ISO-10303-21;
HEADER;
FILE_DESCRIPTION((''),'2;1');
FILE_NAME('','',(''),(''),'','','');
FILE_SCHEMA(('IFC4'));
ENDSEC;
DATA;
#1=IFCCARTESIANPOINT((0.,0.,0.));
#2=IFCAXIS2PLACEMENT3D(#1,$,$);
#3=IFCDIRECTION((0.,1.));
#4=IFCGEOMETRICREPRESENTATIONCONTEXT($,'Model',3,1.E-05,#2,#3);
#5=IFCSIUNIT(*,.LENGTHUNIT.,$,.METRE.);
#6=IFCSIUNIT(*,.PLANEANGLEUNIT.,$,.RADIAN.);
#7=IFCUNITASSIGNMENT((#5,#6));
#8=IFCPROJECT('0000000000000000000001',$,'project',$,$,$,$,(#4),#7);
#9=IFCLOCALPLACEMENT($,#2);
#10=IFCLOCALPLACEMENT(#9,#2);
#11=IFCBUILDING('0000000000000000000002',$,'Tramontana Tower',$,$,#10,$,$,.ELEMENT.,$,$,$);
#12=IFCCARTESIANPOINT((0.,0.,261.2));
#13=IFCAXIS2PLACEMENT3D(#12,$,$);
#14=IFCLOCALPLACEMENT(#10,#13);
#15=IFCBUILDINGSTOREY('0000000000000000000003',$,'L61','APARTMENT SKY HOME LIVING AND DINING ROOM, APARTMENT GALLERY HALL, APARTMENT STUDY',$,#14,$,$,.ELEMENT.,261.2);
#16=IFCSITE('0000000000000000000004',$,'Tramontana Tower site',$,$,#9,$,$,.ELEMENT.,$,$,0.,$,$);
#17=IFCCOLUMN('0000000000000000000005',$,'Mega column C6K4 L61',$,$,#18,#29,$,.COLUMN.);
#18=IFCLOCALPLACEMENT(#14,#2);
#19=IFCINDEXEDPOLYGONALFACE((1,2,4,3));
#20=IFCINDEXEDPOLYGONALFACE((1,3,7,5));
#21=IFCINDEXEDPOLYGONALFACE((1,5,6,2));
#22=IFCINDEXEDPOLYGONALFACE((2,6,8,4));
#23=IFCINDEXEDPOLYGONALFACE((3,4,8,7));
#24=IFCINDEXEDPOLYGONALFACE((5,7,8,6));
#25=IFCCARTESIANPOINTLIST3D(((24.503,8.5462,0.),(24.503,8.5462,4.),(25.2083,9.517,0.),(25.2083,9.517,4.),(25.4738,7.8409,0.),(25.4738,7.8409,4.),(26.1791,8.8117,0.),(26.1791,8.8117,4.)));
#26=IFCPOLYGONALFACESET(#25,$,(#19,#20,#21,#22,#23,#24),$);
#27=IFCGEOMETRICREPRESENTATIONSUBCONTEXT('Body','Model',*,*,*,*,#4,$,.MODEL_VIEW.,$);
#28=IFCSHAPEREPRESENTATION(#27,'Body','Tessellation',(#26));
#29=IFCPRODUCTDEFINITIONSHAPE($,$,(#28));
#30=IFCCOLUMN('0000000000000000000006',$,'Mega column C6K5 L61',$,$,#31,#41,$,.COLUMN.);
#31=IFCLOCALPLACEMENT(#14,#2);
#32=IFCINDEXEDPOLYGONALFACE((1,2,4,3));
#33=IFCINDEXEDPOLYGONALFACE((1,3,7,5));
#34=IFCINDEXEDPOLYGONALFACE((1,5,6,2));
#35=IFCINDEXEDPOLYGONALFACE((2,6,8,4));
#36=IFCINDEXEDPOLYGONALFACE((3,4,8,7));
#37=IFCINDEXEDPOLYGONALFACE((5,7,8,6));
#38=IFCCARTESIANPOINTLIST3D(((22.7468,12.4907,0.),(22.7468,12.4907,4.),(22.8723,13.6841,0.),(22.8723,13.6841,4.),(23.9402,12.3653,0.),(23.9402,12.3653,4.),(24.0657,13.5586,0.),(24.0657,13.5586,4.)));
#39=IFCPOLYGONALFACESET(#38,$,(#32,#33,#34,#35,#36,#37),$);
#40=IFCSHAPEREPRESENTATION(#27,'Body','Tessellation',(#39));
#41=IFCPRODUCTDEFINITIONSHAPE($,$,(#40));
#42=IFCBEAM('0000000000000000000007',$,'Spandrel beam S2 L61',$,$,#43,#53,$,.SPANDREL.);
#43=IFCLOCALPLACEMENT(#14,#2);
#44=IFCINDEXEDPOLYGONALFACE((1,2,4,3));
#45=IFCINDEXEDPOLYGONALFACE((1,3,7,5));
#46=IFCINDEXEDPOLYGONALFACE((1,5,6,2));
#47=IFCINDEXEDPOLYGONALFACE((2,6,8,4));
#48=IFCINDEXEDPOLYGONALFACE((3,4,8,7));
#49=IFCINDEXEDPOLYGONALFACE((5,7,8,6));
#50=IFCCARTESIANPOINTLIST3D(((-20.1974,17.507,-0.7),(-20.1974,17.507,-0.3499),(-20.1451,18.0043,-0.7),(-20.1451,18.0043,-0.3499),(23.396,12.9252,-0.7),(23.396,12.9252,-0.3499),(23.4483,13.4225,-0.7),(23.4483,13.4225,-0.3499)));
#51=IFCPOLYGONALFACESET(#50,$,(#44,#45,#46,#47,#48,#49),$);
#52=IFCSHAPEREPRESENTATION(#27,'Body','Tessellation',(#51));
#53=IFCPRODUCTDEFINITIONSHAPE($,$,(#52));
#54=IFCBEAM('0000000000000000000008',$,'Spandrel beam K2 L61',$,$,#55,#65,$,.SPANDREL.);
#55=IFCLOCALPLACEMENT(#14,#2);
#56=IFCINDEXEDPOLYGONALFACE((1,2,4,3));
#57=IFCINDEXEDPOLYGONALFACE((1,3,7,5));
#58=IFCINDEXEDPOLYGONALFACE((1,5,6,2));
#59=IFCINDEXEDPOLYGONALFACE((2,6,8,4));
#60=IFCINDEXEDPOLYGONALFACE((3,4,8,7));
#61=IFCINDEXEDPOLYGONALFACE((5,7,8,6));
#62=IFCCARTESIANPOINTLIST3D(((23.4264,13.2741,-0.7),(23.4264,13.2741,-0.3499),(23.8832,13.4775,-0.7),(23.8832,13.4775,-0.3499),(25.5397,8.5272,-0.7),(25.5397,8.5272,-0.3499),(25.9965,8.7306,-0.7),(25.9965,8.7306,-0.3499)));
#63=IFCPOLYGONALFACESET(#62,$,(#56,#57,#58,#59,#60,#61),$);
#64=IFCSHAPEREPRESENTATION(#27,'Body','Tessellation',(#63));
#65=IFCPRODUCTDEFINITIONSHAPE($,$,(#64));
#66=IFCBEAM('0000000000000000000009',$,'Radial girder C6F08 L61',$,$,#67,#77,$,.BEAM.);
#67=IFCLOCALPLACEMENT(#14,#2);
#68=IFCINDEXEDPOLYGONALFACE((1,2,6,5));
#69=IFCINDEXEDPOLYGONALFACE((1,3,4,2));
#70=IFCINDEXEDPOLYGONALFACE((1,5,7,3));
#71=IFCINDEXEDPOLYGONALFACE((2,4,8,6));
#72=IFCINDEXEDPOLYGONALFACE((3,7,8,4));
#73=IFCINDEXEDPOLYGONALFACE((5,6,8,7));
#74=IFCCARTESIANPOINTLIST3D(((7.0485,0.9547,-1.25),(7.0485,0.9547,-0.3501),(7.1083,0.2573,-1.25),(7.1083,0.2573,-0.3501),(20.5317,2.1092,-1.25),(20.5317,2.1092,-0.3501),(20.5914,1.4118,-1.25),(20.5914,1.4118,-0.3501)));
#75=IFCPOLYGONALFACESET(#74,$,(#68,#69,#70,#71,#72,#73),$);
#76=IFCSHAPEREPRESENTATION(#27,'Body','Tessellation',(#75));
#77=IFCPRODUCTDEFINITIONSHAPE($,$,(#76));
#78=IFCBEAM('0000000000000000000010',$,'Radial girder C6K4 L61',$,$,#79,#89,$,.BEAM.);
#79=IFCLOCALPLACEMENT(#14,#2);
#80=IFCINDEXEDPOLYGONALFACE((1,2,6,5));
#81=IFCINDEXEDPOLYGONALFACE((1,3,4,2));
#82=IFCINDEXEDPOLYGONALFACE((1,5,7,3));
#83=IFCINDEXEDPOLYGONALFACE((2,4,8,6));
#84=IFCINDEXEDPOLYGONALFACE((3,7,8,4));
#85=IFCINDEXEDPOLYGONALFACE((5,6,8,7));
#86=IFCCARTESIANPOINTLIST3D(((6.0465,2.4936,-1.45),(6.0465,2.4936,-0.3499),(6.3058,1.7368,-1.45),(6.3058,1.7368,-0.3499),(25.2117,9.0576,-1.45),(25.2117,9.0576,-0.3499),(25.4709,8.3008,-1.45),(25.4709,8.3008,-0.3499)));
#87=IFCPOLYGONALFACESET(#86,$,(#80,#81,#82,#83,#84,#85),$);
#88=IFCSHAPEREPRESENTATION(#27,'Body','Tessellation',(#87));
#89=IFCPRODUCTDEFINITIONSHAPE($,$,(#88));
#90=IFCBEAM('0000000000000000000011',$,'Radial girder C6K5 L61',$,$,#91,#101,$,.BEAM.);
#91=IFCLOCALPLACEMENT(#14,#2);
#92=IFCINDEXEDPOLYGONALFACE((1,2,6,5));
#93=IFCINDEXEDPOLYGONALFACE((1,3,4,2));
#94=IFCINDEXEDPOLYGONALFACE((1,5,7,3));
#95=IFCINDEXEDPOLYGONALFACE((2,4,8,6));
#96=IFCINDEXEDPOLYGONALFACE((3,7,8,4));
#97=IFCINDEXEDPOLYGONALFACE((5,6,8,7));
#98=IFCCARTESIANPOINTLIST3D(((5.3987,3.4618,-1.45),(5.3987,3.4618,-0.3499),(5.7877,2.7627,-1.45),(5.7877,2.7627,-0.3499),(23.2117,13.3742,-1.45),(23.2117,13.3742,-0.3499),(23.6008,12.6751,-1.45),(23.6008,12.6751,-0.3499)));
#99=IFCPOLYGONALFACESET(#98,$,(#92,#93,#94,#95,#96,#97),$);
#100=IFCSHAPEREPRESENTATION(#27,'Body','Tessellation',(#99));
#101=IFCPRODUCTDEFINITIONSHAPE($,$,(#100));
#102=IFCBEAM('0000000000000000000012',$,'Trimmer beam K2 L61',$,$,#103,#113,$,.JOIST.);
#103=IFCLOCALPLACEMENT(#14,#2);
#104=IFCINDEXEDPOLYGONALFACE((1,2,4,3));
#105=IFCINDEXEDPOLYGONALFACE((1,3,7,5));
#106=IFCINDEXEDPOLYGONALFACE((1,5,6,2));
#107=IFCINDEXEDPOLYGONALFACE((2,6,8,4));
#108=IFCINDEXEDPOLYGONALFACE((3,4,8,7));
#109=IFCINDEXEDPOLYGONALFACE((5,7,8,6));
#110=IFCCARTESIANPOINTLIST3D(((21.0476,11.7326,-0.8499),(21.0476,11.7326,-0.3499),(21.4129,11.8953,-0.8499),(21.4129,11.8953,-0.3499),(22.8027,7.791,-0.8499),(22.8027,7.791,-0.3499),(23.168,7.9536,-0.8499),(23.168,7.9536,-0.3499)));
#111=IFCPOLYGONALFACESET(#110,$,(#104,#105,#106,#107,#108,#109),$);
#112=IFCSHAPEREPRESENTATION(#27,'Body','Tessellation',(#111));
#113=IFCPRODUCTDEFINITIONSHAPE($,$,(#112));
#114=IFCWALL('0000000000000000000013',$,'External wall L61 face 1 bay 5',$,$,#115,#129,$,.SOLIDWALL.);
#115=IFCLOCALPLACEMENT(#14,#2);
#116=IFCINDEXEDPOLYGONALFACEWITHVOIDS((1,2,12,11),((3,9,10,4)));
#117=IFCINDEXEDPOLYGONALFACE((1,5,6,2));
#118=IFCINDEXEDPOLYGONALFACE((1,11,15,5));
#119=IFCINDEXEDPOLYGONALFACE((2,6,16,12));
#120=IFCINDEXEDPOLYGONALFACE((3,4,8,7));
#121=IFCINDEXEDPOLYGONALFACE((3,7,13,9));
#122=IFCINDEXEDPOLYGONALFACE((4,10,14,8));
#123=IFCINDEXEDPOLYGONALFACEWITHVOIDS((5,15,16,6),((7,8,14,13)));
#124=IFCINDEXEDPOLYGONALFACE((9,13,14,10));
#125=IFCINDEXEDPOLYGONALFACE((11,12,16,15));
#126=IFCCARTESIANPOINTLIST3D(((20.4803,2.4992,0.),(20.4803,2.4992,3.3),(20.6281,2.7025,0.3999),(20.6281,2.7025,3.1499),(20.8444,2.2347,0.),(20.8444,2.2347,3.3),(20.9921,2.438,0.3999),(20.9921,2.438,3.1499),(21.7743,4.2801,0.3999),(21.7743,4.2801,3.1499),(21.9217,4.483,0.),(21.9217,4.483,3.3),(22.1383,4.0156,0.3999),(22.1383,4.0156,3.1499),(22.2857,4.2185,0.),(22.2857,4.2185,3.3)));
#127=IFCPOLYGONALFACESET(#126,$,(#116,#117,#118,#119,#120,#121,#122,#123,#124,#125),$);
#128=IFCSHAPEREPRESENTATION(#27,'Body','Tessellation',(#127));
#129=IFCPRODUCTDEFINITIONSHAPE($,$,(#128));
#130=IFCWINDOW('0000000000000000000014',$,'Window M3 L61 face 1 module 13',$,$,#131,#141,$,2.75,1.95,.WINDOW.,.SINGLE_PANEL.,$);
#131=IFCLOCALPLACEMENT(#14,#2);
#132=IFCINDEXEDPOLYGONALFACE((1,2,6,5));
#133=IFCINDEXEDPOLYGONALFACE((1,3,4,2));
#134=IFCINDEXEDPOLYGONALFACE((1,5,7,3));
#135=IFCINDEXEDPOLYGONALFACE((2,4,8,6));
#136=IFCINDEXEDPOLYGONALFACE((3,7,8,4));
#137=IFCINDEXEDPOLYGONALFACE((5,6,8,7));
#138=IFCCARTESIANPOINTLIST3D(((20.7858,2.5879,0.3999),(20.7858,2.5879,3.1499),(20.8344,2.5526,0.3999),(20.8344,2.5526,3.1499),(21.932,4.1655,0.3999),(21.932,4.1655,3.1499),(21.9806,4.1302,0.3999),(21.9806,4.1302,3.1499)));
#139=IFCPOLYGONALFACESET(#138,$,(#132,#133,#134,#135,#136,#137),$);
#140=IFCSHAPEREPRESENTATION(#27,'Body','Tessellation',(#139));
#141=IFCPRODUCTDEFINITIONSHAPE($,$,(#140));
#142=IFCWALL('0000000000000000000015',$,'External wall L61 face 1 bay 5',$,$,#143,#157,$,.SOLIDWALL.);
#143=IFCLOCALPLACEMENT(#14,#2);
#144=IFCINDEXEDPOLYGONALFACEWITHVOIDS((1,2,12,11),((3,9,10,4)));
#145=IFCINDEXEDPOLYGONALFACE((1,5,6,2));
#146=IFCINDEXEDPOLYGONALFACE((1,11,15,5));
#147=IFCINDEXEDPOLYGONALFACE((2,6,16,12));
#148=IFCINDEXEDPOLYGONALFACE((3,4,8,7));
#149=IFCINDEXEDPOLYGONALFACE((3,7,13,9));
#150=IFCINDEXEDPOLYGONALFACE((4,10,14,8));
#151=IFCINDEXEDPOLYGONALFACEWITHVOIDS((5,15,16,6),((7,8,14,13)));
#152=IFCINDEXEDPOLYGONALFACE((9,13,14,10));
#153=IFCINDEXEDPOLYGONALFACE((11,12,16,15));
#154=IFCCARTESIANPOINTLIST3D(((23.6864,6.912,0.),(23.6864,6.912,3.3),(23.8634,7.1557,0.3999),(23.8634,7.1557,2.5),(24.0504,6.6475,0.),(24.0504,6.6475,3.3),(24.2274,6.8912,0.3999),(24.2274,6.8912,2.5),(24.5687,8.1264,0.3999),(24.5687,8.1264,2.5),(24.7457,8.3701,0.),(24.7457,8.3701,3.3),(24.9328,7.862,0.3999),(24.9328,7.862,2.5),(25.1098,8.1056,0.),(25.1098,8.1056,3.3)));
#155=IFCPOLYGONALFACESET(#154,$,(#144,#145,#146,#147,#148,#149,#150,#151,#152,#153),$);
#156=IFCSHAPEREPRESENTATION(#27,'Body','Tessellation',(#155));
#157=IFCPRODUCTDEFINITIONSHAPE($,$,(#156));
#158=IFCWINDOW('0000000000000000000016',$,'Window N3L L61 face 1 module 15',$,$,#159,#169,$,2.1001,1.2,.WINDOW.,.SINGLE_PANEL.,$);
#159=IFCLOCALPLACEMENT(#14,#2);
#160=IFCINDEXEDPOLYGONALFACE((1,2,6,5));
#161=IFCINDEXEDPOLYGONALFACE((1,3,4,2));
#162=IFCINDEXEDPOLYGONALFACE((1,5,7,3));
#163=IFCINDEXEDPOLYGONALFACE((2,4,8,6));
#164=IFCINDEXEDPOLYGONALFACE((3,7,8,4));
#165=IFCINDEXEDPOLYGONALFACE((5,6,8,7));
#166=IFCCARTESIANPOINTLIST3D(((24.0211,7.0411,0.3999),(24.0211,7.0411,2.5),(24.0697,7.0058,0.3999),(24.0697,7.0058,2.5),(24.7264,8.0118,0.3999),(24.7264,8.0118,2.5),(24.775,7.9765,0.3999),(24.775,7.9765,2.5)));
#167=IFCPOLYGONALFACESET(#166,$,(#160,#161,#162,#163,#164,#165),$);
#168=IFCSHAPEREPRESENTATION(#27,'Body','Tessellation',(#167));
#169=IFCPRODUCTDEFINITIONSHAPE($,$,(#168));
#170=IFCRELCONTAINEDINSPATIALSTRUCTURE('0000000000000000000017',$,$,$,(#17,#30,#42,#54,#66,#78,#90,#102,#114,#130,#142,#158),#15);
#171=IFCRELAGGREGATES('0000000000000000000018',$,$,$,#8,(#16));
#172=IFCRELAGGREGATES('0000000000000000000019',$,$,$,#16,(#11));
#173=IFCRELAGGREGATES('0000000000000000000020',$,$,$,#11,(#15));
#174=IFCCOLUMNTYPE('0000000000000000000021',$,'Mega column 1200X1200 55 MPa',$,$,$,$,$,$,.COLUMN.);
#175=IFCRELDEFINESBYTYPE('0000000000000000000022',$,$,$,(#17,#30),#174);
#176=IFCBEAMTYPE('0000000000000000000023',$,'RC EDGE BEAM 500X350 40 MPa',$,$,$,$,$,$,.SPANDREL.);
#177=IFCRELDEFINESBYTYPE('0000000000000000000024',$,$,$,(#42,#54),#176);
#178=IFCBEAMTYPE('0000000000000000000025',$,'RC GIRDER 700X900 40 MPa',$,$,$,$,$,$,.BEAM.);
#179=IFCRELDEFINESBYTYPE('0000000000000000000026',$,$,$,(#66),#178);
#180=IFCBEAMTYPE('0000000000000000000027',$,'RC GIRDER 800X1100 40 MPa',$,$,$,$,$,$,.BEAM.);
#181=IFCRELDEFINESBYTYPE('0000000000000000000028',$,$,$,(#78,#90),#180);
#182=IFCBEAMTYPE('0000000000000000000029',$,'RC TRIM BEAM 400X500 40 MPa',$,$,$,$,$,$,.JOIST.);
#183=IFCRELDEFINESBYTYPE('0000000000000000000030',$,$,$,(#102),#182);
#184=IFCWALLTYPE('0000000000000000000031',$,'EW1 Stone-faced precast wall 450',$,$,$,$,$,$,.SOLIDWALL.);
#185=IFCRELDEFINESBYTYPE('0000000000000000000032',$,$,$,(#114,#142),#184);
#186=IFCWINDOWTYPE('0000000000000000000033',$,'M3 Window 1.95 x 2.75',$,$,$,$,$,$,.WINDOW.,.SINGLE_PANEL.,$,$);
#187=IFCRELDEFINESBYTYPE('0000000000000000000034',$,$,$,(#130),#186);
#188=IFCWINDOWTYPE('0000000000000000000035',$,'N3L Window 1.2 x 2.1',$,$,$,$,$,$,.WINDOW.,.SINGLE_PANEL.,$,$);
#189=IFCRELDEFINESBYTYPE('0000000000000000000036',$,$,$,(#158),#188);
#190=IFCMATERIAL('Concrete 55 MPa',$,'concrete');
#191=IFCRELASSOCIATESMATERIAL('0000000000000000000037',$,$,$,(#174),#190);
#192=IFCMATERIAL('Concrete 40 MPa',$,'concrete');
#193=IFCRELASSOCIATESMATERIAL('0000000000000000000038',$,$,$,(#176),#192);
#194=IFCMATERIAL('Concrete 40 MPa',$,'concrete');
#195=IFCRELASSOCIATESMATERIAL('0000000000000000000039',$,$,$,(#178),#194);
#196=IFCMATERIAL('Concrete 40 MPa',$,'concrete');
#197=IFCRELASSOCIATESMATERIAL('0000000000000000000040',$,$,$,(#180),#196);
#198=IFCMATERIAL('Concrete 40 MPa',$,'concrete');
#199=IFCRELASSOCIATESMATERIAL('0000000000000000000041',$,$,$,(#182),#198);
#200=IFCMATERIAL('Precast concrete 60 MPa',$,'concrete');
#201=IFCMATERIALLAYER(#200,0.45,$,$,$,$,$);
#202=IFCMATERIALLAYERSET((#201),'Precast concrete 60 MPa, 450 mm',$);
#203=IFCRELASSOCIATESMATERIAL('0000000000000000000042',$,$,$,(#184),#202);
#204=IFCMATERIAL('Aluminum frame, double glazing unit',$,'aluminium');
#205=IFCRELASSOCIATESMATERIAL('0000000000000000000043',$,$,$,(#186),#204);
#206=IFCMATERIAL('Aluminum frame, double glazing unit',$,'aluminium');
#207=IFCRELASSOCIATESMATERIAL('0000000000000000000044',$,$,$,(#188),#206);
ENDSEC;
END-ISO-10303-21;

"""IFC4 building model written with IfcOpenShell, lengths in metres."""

from ifc_helpers import new_model, si_unit, direction, frame, frame_2d, origin, origin_2d, place, context, subcontext, project, spatial, rectangle, extrude, material, layer, layer_set, material_profile, profile_set, type_object, element, fill, save


model = new_model("IFC4")

# Units and contexts
model_context = context("Model", 3, precision=1e-05, world=origin(), true_north=direction((0.0, 1.0)))
body_context = subcontext(model_context, "Body", "Model", "MODEL_VIEW")
ifc_project = project(units=[si_unit("LENGTHUNIT", "METRE"), si_unit("PLANEANGLEUNIT", "RADIAN")], contexts=[model_context])

# Site, building, storey
site_placement = place(None, origin())
site = spatial("IfcSite", under=ifc_project, at=site_placement, Name="Tramontana Tower site", CompositionType="ELEMENT", RefElevation=0.0)
building_placement = place(site_placement, origin())
building = spatial("IfcBuilding", under=site, at=building_placement, Name="Tramontana Tower", CompositionType="ELEMENT")
storey_placement = place(building_placement, frame((0.0, 0.0, 261.2)))
storey = spatial("IfcBuildingStorey", under=building, at=storey_placement, Name="L61", Description="APARTMENT SKY HOME LIVING AND DINING ROOM, APARTMENT GALLERY HALL, APARTMENT STUDY", CompositionType="ELEMENT", Elevation=261.2)

# Columns
ifc_material_1 = material(Name="Concrete 55 MPa", Category="concrete")
ifc_material_profile_1 = material_profile(ifc_material_1, rectangle(XDim=1.2, YDim=1.2, at=origin_2d()), Name="Mega column 1200X1200 55 MPa")
ifc_profile_set_1 = profile_set([ifc_material_profile_1], Name="Concrete 55 MPa")
column_type = type_object("IfcColumnType", Name="Mega column 1200X1200 55 MPa", PredefinedType="COLUMN", material=ifc_profile_set_1)
for number, where, z_axis, x_axis, name in (
    (1, (25.3411, 8.679, 0.0), (0.0, 0.0, 1.0), (0.587785, 0.809017, 0.0), "Mega column C6K4 L61"),
    (2, (23.4062, 13.0247, 0.0), (0.0, 0.0, 1.0), (-0.994522, 0.104528, 0.0), "Mega column C6K5 L61"),
):
    element("IfcColumn", number, at=place(storey_placement, frame(where, z_axis=z_axis, x_axis=x_axis)), inside=storey, type_object=column_type, Name=name, PredefinedType="COLUMN", context=body_context, shape_type="SweptSolid", body=[
        extrude(rectangle(XDim=1.2, YDim=1.2, at=origin_2d()), origin(), (0.0, 0.0, 1.0), 4.0),
    ])

# Beams
ifc_material_2 = material(Name="Concrete 40 MPa", Category="concrete")
ifc_material_profile_2 = material_profile(ifc_material_2, rectangle(XDim=0.5, YDim=0.3501, at=origin_2d()), Name="RC EDGE BEAM 500X350 40 MPa")
ifc_profile_set_2 = profile_set([ifc_material_profile_2], Name="Concrete 40 MPa")
beam_type_1 = type_object("IfcBeamType", Name="RC EDGE BEAM 500X350 40 MPa", PredefinedType="SPANDREL", material=ifc_profile_set_2)
beam_1_placement = place(storey_placement, frame((23.4221, 13.1738, -0.5249), z_axis=(-0.994522, 0.104527, 0.0), x_axis=(-0.104527, -0.994522, 0.0)))
element("IfcBeam", 3, at=beam_1_placement, inside=storey, type_object=beam_type_1, Name="Spandrel beam S2 L61", PredefinedType="SPANDREL", context=body_context, shape_type="SweptSolid", body=[
    extrude(rectangle(XDim=0.5, YDim=0.3501, at=origin_2d()), origin(), (0.0, 0.0, 1.0), 43.8335),
])
beam_2_placement = place(storey_placement, frame((25.7681, 8.6289, -0.5249), z_axis=(-0.406714, 0.913556, 0.0), x_axis=(-0.913556, -0.406714, 0.0)))
element("IfcBeam", 4, at=beam_2_placement, inside=storey, type_object=beam_type_1, Name="Spandrel beam K2 L61", PredefinedType="SPANDREL", context=body_context, shape_type="SweptSolid", body=[
    extrude(rectangle(XDim=0.5, YDim=0.3501, at=origin_2d()), origin(), (0.0, 0.0, 1.0), 5.196),
])
ifc_material_3 = material(Name="Concrete 40 MPa", Category="concrete")
ifc_material_profile_3 = material_profile(ifc_material_3, rectangle(XDim=0.7, YDim=0.8999, at=origin_2d()), Name="RC GIRDER 700X900 40 MPa")
ifc_profile_set_3 = profile_set([ifc_material_profile_3], Name="Concrete 40 MPa")
beam_type_2 = type_object("IfcBeamType", Name="RC GIRDER 700X900 40 MPa", PredefinedType="BEAM", material=ifc_profile_set_3)
beam_3_placement = place(storey_placement, frame((20.5615, 1.7605, -0.8), z_axis=(-0.996354, -0.085316, 0.0), x_axis=(0.085316, -0.996354, 0.0)))
element("IfcBeam", 5, at=beam_3_placement, inside=storey, type_object=beam_type_2, Name="Radial girder C6F08 L61", PredefinedType="BEAM", context=body_context, shape_type="SweptSolid", body=[
    extrude(rectangle(XDim=0.7, YDim=0.8999, at=origin_2d()), origin(), (0.0, 0.0, 1.0), 13.5325),
])
ifc_material_4 = material(Name="Concrete 40 MPa", Category="concrete")
ifc_material_profile_4 = material_profile(ifc_material_4, rectangle(XDim=0.8, YDim=1.1001, at=origin_2d()), Name="RC GIRDER 800X1100 40 MPa")
ifc_profile_set_4 = profile_set([ifc_material_profile_4], Name="Concrete 40 MPa")
beam_type_3 = type_object("IfcBeamType", Name="RC GIRDER 800X1100 40 MPa", PredefinedType="BEAM", material=ifc_profile_set_4)
beam_4_placement = place(storey_placement, frame((25.3413, 8.6792, -0.8999), z_axis=(-0.94605, -0.324019, 0.0), x_axis=(0.324019, -0.94605, 0.0)))
element("IfcBeam", 6, at=beam_4_placement, inside=storey, type_object=beam_type_3, Name="Radial girder C6K4 L61", PredefinedType="BEAM", context=body_context, shape_type="SweptSolid", body=[
    extrude(rectangle(XDim=0.8, YDim=1.1001, at=origin_2d()), origin(), (0.0, 0.0, 1.0), 20.2581),
])
beam_5_placement = place(storey_placement, frame((23.4062, 13.0247, -0.8999), z_axis=(-0.873819, -0.486252, 0.0), x_axis=(0.486252, -0.873819, 0.0)))
element("IfcBeam", 7, at=beam_5_placement, inside=storey, type_object=beam_type_3, Name="Radial girder C6K5 L61", PredefinedType="BEAM", context=body_context, shape_type="SweptSolid", body=[
    extrude(rectangle(XDim=0.8, YDim=1.1001, at=origin_2d()), origin(), (0.0, 0.0, 1.0), 20.3853),
])
ifc_material_5 = material(Name="Concrete 40 MPa", Category="concrete")
ifc_material_profile_5 = material_profile(ifc_material_5, rectangle(XDim=0.3999, YDim=0.5, at=origin_2d()), Name="RC TRIM BEAM 400X500 40 MPa")
ifc_profile_set_5 = profile_set([ifc_material_profile_5], Name="Concrete 40 MPa")
beam_type_4 = type_object("IfcBeamType", Name="RC TRIM BEAM 400X500 40 MPa", PredefinedType="JOIST", material=ifc_profile_set_5)
beam_6_placement = place(storey_placement, frame((22.9854, 7.8723, -0.5999), z_axis=(-0.406774, 0.913529, 0.0), x_axis=(-0.913529, -0.406774, 0.0)))
element("IfcBeam", 8, at=beam_6_placement, inside=storey, type_object=beam_type_4, Name="Trimmer beam K2 L61", PredefinedType="JOIST", context=body_context, shape_type="SweptSolid", body=[
    extrude(rectangle(XDim=0.3999, YDim=0.5, at=origin_2d()), origin(), (0.0, 0.0, 1.0), 4.3147),
])

# Walls, openings, windows
ifc_material_6 = material(Name="Precast concrete 60 MPa", Category="concrete")
ifc_layer_1 = layer(ifc_material_6, 0.45)
ifc_layer_set_1 = layer_set([ifc_layer_1], Name="Precast concrete 60 MPa, 450 mm")
wall_type_1 = type_object("IfcWallType", Name="EW1 Stone-faced precast wall 450", PredefinedType="SOLIDWALL", material=ifc_layer_set_1)
wall_1_placement = place(storey_placement, frame((20.6624, 2.3669, 0.0), z_axis=(0.0, 0.0, 1.0), x_axis=(0.587793, 0.809012, 0.0)))
wall_1 = element("IfcWall", 9, at=wall_1_placement, inside=storey, type_object=wall_type_1, Name="External wall L61 face 1 bay 5", PredefinedType="SOLIDWALL", context=body_context, shape_type="SweptSolid", body=[
    extrude(rectangle(XDim=2.4521, YDim=0.45, at=frame_2d((1.2261, 0.0))), origin(), (0.0, 0.0, 1.0), 3.3),
])
opening_1_placement = place(wall_1_placement, frame((0.2512, 0.0, 0.3999)))
opening_1 = element("IfcOpeningElement", 10, at=opening_1_placement, cuts=wall_1, PredefinedType="OPENING", context=body_context, shape_type="SweptSolid", body=[
    extrude(rectangle(XDim=1.95, YDim=2.75, at=frame_2d((0.9751, 1.375))), frame((0.0, 0.2349, 0.0), z_axis=(0.0, -1.0, 0.0), x_axis=(1.0, 0.0, 0.0)), (0.0, 0.0, 1.0), 0.47),
])
ifc_material_7 = material(Name="Aluminum frame, double glazing unit", Category="aluminium")
window_type_1 = type_object("IfcWindowType", Name="M3 Window 1.95 x 2.75", PartitioningType="SINGLE_PANEL", PredefinedType="WINDOW", material=ifc_material_7)
window_1_placement = place(opening_1_placement, origin())
window_1 = element("IfcWindow", 11, at=window_1_placement, inside=storey, type_object=window_type_1, Name="Window M3 L61 face 1 module 13", OverallHeight=2.75, OverallWidth=1.95, PartitioningType="SINGLE_PANEL", PredefinedType="WINDOW", context=body_context, shape_type="SweptSolid", body=[
    extrude(rectangle(XDim=1.95, YDim=2.75, at=frame_2d((0.9751, 1.375))), frame((0.0, 0.03, 0.0), z_axis=(0.0, -1.0, 0.0), x_axis=(1.0, 0.0, 0.0)), (0.0, 0.0, 1.0), 0.0601),
])
fill(opening_1, window_1)
wall_2_placement = place(storey_placement, frame((23.8684, 6.7798, 0.0), z_axis=(0.0, 0.0, 1.0), x_axis=(0.587793, 0.809011, 0.0)))
wall_2 = element("IfcWall", 12, at=wall_2_placement, inside=storey, type_object=wall_type_1, Name="External wall L61 face 1 bay 5", PredefinedType="SOLIDWALL", context=body_context, shape_type="SweptSolid", body=[
    extrude(rectangle(XDim=1.8022, YDim=0.45, at=frame_2d((0.9011, 0.0))), origin(), (0.0, 0.0, 1.0), 3.3),
])
opening_2_placement = place(wall_2_placement, frame((0.301, 0.0, 0.3999)))
opening_2 = element("IfcOpeningElement", 13, at=opening_2_placement, cuts=wall_2, PredefinedType="OPENING", context=body_context, shape_type="SweptSolid", body=[
    extrude(rectangle(XDim=1.2, YDim=2.1001, at=frame_2d((0.6001, 1.05))), frame((0.0, 0.2349, 0.0), z_axis=(0.0, -1.0, 0.0), x_axis=(1.0, 0.0, 0.0)), (0.0, 0.0, 1.0), 0.47),
])
ifc_material_8 = material(Name="Aluminum frame, double glazing unit", Category="aluminium")
window_type_2 = type_object("IfcWindowType", Name="N3L Window 1.2 x 2.1", PartitioningType="SINGLE_PANEL", PredefinedType="WINDOW", material=ifc_material_8)
window_2_placement = place(opening_2_placement, origin())
window_2 = element("IfcWindow", 14, at=window_2_placement, inside=storey, type_object=window_type_2, Name="Window N3L L61 face 1 module 15", OverallHeight=2.1001, OverallWidth=1.2, PartitioningType="SINGLE_PANEL", PredefinedType="WINDOW", context=body_context, shape_type="SweptSolid", body=[
    extrude(rectangle(XDim=1.2, YDim=2.1001, at=frame_2d((0.6001, 1.05))), frame((0.0, 0.03, 0.0), z_axis=(0.0, -1.0, 0.0), x_axis=(1.0, 0.0, 0.0)), (0.0, 0.0, 1.0), 0.0601),
])
fill(opening_2, window_2)

save(model, "model.ifc")
